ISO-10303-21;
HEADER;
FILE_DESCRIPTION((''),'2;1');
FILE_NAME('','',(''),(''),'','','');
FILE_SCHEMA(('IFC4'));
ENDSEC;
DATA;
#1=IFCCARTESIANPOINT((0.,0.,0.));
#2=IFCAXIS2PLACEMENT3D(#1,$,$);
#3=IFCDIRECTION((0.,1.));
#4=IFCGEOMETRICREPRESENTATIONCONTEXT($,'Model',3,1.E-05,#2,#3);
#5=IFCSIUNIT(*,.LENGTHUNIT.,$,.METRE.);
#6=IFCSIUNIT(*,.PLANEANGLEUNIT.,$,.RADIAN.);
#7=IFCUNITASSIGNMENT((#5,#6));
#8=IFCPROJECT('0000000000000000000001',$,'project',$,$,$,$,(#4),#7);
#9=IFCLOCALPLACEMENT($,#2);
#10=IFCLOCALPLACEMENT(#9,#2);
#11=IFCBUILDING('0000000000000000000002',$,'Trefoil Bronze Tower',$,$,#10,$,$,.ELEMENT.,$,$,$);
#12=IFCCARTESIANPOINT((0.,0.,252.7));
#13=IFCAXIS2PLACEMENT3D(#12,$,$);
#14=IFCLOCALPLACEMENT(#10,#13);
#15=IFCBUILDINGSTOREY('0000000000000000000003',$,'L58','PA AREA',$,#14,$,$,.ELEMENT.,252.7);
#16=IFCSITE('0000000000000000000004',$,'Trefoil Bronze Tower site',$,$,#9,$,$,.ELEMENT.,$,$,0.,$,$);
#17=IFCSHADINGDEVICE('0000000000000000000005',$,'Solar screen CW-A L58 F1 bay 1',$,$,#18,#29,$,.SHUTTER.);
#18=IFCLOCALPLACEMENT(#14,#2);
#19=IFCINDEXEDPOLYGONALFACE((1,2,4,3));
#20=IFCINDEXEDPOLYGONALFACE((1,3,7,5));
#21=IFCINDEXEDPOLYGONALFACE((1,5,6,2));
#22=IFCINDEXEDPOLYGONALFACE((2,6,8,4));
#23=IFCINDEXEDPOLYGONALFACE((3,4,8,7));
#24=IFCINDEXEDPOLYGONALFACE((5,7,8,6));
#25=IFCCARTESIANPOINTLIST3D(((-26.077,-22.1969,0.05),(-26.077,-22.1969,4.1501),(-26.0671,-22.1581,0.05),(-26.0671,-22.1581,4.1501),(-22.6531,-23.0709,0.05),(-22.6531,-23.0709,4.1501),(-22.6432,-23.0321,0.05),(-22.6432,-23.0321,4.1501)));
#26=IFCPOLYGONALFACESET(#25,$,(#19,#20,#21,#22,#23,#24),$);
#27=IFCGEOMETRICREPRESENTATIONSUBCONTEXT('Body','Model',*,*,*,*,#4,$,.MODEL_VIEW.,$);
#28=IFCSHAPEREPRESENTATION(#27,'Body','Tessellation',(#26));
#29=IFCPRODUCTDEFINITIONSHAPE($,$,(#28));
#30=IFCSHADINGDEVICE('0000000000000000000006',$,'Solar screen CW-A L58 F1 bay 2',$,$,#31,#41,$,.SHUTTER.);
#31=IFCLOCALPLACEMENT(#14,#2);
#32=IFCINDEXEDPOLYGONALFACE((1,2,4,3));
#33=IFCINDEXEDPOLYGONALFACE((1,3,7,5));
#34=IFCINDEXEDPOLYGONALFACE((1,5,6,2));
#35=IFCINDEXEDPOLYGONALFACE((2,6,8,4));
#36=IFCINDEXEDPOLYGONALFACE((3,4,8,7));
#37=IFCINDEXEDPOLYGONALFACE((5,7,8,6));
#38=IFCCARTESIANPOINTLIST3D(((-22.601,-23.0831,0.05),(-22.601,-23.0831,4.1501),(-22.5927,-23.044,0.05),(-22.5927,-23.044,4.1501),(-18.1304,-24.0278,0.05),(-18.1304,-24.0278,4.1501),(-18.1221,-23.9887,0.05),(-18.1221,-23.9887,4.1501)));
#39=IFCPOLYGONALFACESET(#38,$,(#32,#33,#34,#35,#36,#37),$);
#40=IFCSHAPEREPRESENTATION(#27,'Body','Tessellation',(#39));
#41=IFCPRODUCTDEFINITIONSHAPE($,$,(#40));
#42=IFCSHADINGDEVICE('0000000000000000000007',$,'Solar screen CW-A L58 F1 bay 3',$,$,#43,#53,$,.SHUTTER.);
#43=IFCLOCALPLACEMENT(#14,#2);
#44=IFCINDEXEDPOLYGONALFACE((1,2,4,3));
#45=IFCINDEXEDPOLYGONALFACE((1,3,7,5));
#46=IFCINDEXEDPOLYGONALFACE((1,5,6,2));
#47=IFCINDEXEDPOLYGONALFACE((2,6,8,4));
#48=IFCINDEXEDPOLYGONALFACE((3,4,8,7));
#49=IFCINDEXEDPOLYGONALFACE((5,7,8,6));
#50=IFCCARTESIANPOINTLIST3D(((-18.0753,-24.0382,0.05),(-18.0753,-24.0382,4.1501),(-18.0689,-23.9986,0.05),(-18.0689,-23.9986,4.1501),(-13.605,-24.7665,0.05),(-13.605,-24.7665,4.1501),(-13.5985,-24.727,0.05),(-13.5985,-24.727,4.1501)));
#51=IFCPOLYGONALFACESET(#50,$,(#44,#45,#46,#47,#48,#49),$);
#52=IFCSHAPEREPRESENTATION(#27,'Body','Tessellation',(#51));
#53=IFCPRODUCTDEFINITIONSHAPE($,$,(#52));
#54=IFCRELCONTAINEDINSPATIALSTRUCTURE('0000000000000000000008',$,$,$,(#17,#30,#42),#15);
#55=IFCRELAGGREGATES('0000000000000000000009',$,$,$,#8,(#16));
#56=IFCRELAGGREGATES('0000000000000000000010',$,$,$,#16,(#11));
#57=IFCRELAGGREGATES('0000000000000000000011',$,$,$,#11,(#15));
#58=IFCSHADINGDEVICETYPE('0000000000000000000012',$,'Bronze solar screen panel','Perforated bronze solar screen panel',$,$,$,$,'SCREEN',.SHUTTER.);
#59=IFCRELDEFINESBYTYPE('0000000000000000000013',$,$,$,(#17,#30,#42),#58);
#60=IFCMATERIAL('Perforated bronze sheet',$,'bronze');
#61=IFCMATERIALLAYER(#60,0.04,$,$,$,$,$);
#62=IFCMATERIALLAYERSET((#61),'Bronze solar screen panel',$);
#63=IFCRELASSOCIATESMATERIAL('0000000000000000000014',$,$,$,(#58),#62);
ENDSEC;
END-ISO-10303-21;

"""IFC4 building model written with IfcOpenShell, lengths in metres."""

from ifc_helpers import new_model, si_unit, direction, frame, origin, origin_2d, place, context, subcontext, project, spatial, rectangle, extrude, material, layer, layer_set, type_object, element, save


model = new_model("IFC4")

# Units and contexts
model_context = context("Model", 3, precision=1e-05, world=origin(), true_north=direction((0.0, 1.0)))
body_context = subcontext(model_context, "Body", "Model", "MODEL_VIEW")
ifc_project = project(units=[si_unit("LENGTHUNIT", "METRE"), si_unit("PLANEANGLEUNIT", "RADIAN")], contexts=[model_context])

# Site, building, storey
site_placement = place(None, origin())
site = spatial("IfcSite", under=ifc_project, at=site_placement, Name="Trefoil Bronze Tower site", CompositionType="ELEMENT", RefElevation=0.0)
building_placement = place(site_placement, origin())
building = spatial("IfcBuilding", under=site, at=building_placement, Name="Trefoil Bronze Tower", CompositionType="ELEMENT")
storey_placement = place(building_placement, frame((0.0, 0.0, 252.7)))
storey = spatial("IfcBuildingStorey", under=building, at=storey_placement, Name="L58", Description="PA AREA", CompositionType="ELEMENT", Elevation=252.7)

# Shading devices
ifc_material_1 = material(Name="Perforated bronze sheet", Category="bronze")
ifc_layer_1 = layer(ifc_material_1, 0.04)
ifc_layer_set_1 = layer_set([ifc_layer_1], Name="Bronze solar screen panel")
shading_device_type = type_object("IfcShadingDeviceType", Name="Bronze solar screen panel", Description="Perforated bronze solar screen panel", ElementType="SCREEN", PredefinedType="SHUTTER", material=ifc_layer_set_1)
shading_device_1_placement = place(storey_placement, frame((-24.3601, -22.6145, 0.05), z_axis=(0.0, 0.0, 1.0), x_axis=(0.968934, -0.247319, 0.0)))
element("IfcShadingDevice", 1, at=shading_device_1_placement, inside=storey, type_object=shading_device_type, Name="Solar screen CW-A L58 F1 bay 1", PredefinedType="SHUTTER", context=body_context, shape_type="SweptSolid", body=[
    extrude(rectangle(XDim=3.5337, YDim=0.04, at=origin_2d()), origin(), (0.0, 0.0, 1.0), 4.1001),
])
shading_device_2_placement = place(storey_placement, frame((-20.3616, -23.5359, 0.05), z_axis=(0.0, 0.0, 1.0), x_axis=(0.978394, -0.206747, 0.0)))
element("IfcShadingDevice", 2, at=shading_device_2_placement, inside=storey, type_object=shading_device_type, Name="Solar screen CW-A L58 F1 bay 2", PredefinedType="SHUTTER", context=body_context, shape_type="SweptSolid", body=[
    extrude(rectangle(XDim=4.5693, YDim=0.04, at=origin_2d()), origin(), (0.0, 0.0, 1.0), 4.1001),
])
shading_device_3_placement = place(storey_placement, frame((-15.8369, -24.3826, 0.05), z_axis=(0.0, 0.0, 1.0), x_axis=(0.986987, -0.160803, 0.0)))
element("IfcShadingDevice", 3, at=shading_device_3_placement, inside=storey, type_object=shading_device_type, Name="Solar screen CW-A L58 F1 bay 3", PredefinedType="SHUTTER", context=body_context, shape_type="SweptSolid", body=[
    extrude(rectangle(XDim=4.5293, YDim=0.04, at=origin_2d()), origin(), (0.0, 0.0, 1.0), 4.1001),
])

save(model, "model.ifc")
